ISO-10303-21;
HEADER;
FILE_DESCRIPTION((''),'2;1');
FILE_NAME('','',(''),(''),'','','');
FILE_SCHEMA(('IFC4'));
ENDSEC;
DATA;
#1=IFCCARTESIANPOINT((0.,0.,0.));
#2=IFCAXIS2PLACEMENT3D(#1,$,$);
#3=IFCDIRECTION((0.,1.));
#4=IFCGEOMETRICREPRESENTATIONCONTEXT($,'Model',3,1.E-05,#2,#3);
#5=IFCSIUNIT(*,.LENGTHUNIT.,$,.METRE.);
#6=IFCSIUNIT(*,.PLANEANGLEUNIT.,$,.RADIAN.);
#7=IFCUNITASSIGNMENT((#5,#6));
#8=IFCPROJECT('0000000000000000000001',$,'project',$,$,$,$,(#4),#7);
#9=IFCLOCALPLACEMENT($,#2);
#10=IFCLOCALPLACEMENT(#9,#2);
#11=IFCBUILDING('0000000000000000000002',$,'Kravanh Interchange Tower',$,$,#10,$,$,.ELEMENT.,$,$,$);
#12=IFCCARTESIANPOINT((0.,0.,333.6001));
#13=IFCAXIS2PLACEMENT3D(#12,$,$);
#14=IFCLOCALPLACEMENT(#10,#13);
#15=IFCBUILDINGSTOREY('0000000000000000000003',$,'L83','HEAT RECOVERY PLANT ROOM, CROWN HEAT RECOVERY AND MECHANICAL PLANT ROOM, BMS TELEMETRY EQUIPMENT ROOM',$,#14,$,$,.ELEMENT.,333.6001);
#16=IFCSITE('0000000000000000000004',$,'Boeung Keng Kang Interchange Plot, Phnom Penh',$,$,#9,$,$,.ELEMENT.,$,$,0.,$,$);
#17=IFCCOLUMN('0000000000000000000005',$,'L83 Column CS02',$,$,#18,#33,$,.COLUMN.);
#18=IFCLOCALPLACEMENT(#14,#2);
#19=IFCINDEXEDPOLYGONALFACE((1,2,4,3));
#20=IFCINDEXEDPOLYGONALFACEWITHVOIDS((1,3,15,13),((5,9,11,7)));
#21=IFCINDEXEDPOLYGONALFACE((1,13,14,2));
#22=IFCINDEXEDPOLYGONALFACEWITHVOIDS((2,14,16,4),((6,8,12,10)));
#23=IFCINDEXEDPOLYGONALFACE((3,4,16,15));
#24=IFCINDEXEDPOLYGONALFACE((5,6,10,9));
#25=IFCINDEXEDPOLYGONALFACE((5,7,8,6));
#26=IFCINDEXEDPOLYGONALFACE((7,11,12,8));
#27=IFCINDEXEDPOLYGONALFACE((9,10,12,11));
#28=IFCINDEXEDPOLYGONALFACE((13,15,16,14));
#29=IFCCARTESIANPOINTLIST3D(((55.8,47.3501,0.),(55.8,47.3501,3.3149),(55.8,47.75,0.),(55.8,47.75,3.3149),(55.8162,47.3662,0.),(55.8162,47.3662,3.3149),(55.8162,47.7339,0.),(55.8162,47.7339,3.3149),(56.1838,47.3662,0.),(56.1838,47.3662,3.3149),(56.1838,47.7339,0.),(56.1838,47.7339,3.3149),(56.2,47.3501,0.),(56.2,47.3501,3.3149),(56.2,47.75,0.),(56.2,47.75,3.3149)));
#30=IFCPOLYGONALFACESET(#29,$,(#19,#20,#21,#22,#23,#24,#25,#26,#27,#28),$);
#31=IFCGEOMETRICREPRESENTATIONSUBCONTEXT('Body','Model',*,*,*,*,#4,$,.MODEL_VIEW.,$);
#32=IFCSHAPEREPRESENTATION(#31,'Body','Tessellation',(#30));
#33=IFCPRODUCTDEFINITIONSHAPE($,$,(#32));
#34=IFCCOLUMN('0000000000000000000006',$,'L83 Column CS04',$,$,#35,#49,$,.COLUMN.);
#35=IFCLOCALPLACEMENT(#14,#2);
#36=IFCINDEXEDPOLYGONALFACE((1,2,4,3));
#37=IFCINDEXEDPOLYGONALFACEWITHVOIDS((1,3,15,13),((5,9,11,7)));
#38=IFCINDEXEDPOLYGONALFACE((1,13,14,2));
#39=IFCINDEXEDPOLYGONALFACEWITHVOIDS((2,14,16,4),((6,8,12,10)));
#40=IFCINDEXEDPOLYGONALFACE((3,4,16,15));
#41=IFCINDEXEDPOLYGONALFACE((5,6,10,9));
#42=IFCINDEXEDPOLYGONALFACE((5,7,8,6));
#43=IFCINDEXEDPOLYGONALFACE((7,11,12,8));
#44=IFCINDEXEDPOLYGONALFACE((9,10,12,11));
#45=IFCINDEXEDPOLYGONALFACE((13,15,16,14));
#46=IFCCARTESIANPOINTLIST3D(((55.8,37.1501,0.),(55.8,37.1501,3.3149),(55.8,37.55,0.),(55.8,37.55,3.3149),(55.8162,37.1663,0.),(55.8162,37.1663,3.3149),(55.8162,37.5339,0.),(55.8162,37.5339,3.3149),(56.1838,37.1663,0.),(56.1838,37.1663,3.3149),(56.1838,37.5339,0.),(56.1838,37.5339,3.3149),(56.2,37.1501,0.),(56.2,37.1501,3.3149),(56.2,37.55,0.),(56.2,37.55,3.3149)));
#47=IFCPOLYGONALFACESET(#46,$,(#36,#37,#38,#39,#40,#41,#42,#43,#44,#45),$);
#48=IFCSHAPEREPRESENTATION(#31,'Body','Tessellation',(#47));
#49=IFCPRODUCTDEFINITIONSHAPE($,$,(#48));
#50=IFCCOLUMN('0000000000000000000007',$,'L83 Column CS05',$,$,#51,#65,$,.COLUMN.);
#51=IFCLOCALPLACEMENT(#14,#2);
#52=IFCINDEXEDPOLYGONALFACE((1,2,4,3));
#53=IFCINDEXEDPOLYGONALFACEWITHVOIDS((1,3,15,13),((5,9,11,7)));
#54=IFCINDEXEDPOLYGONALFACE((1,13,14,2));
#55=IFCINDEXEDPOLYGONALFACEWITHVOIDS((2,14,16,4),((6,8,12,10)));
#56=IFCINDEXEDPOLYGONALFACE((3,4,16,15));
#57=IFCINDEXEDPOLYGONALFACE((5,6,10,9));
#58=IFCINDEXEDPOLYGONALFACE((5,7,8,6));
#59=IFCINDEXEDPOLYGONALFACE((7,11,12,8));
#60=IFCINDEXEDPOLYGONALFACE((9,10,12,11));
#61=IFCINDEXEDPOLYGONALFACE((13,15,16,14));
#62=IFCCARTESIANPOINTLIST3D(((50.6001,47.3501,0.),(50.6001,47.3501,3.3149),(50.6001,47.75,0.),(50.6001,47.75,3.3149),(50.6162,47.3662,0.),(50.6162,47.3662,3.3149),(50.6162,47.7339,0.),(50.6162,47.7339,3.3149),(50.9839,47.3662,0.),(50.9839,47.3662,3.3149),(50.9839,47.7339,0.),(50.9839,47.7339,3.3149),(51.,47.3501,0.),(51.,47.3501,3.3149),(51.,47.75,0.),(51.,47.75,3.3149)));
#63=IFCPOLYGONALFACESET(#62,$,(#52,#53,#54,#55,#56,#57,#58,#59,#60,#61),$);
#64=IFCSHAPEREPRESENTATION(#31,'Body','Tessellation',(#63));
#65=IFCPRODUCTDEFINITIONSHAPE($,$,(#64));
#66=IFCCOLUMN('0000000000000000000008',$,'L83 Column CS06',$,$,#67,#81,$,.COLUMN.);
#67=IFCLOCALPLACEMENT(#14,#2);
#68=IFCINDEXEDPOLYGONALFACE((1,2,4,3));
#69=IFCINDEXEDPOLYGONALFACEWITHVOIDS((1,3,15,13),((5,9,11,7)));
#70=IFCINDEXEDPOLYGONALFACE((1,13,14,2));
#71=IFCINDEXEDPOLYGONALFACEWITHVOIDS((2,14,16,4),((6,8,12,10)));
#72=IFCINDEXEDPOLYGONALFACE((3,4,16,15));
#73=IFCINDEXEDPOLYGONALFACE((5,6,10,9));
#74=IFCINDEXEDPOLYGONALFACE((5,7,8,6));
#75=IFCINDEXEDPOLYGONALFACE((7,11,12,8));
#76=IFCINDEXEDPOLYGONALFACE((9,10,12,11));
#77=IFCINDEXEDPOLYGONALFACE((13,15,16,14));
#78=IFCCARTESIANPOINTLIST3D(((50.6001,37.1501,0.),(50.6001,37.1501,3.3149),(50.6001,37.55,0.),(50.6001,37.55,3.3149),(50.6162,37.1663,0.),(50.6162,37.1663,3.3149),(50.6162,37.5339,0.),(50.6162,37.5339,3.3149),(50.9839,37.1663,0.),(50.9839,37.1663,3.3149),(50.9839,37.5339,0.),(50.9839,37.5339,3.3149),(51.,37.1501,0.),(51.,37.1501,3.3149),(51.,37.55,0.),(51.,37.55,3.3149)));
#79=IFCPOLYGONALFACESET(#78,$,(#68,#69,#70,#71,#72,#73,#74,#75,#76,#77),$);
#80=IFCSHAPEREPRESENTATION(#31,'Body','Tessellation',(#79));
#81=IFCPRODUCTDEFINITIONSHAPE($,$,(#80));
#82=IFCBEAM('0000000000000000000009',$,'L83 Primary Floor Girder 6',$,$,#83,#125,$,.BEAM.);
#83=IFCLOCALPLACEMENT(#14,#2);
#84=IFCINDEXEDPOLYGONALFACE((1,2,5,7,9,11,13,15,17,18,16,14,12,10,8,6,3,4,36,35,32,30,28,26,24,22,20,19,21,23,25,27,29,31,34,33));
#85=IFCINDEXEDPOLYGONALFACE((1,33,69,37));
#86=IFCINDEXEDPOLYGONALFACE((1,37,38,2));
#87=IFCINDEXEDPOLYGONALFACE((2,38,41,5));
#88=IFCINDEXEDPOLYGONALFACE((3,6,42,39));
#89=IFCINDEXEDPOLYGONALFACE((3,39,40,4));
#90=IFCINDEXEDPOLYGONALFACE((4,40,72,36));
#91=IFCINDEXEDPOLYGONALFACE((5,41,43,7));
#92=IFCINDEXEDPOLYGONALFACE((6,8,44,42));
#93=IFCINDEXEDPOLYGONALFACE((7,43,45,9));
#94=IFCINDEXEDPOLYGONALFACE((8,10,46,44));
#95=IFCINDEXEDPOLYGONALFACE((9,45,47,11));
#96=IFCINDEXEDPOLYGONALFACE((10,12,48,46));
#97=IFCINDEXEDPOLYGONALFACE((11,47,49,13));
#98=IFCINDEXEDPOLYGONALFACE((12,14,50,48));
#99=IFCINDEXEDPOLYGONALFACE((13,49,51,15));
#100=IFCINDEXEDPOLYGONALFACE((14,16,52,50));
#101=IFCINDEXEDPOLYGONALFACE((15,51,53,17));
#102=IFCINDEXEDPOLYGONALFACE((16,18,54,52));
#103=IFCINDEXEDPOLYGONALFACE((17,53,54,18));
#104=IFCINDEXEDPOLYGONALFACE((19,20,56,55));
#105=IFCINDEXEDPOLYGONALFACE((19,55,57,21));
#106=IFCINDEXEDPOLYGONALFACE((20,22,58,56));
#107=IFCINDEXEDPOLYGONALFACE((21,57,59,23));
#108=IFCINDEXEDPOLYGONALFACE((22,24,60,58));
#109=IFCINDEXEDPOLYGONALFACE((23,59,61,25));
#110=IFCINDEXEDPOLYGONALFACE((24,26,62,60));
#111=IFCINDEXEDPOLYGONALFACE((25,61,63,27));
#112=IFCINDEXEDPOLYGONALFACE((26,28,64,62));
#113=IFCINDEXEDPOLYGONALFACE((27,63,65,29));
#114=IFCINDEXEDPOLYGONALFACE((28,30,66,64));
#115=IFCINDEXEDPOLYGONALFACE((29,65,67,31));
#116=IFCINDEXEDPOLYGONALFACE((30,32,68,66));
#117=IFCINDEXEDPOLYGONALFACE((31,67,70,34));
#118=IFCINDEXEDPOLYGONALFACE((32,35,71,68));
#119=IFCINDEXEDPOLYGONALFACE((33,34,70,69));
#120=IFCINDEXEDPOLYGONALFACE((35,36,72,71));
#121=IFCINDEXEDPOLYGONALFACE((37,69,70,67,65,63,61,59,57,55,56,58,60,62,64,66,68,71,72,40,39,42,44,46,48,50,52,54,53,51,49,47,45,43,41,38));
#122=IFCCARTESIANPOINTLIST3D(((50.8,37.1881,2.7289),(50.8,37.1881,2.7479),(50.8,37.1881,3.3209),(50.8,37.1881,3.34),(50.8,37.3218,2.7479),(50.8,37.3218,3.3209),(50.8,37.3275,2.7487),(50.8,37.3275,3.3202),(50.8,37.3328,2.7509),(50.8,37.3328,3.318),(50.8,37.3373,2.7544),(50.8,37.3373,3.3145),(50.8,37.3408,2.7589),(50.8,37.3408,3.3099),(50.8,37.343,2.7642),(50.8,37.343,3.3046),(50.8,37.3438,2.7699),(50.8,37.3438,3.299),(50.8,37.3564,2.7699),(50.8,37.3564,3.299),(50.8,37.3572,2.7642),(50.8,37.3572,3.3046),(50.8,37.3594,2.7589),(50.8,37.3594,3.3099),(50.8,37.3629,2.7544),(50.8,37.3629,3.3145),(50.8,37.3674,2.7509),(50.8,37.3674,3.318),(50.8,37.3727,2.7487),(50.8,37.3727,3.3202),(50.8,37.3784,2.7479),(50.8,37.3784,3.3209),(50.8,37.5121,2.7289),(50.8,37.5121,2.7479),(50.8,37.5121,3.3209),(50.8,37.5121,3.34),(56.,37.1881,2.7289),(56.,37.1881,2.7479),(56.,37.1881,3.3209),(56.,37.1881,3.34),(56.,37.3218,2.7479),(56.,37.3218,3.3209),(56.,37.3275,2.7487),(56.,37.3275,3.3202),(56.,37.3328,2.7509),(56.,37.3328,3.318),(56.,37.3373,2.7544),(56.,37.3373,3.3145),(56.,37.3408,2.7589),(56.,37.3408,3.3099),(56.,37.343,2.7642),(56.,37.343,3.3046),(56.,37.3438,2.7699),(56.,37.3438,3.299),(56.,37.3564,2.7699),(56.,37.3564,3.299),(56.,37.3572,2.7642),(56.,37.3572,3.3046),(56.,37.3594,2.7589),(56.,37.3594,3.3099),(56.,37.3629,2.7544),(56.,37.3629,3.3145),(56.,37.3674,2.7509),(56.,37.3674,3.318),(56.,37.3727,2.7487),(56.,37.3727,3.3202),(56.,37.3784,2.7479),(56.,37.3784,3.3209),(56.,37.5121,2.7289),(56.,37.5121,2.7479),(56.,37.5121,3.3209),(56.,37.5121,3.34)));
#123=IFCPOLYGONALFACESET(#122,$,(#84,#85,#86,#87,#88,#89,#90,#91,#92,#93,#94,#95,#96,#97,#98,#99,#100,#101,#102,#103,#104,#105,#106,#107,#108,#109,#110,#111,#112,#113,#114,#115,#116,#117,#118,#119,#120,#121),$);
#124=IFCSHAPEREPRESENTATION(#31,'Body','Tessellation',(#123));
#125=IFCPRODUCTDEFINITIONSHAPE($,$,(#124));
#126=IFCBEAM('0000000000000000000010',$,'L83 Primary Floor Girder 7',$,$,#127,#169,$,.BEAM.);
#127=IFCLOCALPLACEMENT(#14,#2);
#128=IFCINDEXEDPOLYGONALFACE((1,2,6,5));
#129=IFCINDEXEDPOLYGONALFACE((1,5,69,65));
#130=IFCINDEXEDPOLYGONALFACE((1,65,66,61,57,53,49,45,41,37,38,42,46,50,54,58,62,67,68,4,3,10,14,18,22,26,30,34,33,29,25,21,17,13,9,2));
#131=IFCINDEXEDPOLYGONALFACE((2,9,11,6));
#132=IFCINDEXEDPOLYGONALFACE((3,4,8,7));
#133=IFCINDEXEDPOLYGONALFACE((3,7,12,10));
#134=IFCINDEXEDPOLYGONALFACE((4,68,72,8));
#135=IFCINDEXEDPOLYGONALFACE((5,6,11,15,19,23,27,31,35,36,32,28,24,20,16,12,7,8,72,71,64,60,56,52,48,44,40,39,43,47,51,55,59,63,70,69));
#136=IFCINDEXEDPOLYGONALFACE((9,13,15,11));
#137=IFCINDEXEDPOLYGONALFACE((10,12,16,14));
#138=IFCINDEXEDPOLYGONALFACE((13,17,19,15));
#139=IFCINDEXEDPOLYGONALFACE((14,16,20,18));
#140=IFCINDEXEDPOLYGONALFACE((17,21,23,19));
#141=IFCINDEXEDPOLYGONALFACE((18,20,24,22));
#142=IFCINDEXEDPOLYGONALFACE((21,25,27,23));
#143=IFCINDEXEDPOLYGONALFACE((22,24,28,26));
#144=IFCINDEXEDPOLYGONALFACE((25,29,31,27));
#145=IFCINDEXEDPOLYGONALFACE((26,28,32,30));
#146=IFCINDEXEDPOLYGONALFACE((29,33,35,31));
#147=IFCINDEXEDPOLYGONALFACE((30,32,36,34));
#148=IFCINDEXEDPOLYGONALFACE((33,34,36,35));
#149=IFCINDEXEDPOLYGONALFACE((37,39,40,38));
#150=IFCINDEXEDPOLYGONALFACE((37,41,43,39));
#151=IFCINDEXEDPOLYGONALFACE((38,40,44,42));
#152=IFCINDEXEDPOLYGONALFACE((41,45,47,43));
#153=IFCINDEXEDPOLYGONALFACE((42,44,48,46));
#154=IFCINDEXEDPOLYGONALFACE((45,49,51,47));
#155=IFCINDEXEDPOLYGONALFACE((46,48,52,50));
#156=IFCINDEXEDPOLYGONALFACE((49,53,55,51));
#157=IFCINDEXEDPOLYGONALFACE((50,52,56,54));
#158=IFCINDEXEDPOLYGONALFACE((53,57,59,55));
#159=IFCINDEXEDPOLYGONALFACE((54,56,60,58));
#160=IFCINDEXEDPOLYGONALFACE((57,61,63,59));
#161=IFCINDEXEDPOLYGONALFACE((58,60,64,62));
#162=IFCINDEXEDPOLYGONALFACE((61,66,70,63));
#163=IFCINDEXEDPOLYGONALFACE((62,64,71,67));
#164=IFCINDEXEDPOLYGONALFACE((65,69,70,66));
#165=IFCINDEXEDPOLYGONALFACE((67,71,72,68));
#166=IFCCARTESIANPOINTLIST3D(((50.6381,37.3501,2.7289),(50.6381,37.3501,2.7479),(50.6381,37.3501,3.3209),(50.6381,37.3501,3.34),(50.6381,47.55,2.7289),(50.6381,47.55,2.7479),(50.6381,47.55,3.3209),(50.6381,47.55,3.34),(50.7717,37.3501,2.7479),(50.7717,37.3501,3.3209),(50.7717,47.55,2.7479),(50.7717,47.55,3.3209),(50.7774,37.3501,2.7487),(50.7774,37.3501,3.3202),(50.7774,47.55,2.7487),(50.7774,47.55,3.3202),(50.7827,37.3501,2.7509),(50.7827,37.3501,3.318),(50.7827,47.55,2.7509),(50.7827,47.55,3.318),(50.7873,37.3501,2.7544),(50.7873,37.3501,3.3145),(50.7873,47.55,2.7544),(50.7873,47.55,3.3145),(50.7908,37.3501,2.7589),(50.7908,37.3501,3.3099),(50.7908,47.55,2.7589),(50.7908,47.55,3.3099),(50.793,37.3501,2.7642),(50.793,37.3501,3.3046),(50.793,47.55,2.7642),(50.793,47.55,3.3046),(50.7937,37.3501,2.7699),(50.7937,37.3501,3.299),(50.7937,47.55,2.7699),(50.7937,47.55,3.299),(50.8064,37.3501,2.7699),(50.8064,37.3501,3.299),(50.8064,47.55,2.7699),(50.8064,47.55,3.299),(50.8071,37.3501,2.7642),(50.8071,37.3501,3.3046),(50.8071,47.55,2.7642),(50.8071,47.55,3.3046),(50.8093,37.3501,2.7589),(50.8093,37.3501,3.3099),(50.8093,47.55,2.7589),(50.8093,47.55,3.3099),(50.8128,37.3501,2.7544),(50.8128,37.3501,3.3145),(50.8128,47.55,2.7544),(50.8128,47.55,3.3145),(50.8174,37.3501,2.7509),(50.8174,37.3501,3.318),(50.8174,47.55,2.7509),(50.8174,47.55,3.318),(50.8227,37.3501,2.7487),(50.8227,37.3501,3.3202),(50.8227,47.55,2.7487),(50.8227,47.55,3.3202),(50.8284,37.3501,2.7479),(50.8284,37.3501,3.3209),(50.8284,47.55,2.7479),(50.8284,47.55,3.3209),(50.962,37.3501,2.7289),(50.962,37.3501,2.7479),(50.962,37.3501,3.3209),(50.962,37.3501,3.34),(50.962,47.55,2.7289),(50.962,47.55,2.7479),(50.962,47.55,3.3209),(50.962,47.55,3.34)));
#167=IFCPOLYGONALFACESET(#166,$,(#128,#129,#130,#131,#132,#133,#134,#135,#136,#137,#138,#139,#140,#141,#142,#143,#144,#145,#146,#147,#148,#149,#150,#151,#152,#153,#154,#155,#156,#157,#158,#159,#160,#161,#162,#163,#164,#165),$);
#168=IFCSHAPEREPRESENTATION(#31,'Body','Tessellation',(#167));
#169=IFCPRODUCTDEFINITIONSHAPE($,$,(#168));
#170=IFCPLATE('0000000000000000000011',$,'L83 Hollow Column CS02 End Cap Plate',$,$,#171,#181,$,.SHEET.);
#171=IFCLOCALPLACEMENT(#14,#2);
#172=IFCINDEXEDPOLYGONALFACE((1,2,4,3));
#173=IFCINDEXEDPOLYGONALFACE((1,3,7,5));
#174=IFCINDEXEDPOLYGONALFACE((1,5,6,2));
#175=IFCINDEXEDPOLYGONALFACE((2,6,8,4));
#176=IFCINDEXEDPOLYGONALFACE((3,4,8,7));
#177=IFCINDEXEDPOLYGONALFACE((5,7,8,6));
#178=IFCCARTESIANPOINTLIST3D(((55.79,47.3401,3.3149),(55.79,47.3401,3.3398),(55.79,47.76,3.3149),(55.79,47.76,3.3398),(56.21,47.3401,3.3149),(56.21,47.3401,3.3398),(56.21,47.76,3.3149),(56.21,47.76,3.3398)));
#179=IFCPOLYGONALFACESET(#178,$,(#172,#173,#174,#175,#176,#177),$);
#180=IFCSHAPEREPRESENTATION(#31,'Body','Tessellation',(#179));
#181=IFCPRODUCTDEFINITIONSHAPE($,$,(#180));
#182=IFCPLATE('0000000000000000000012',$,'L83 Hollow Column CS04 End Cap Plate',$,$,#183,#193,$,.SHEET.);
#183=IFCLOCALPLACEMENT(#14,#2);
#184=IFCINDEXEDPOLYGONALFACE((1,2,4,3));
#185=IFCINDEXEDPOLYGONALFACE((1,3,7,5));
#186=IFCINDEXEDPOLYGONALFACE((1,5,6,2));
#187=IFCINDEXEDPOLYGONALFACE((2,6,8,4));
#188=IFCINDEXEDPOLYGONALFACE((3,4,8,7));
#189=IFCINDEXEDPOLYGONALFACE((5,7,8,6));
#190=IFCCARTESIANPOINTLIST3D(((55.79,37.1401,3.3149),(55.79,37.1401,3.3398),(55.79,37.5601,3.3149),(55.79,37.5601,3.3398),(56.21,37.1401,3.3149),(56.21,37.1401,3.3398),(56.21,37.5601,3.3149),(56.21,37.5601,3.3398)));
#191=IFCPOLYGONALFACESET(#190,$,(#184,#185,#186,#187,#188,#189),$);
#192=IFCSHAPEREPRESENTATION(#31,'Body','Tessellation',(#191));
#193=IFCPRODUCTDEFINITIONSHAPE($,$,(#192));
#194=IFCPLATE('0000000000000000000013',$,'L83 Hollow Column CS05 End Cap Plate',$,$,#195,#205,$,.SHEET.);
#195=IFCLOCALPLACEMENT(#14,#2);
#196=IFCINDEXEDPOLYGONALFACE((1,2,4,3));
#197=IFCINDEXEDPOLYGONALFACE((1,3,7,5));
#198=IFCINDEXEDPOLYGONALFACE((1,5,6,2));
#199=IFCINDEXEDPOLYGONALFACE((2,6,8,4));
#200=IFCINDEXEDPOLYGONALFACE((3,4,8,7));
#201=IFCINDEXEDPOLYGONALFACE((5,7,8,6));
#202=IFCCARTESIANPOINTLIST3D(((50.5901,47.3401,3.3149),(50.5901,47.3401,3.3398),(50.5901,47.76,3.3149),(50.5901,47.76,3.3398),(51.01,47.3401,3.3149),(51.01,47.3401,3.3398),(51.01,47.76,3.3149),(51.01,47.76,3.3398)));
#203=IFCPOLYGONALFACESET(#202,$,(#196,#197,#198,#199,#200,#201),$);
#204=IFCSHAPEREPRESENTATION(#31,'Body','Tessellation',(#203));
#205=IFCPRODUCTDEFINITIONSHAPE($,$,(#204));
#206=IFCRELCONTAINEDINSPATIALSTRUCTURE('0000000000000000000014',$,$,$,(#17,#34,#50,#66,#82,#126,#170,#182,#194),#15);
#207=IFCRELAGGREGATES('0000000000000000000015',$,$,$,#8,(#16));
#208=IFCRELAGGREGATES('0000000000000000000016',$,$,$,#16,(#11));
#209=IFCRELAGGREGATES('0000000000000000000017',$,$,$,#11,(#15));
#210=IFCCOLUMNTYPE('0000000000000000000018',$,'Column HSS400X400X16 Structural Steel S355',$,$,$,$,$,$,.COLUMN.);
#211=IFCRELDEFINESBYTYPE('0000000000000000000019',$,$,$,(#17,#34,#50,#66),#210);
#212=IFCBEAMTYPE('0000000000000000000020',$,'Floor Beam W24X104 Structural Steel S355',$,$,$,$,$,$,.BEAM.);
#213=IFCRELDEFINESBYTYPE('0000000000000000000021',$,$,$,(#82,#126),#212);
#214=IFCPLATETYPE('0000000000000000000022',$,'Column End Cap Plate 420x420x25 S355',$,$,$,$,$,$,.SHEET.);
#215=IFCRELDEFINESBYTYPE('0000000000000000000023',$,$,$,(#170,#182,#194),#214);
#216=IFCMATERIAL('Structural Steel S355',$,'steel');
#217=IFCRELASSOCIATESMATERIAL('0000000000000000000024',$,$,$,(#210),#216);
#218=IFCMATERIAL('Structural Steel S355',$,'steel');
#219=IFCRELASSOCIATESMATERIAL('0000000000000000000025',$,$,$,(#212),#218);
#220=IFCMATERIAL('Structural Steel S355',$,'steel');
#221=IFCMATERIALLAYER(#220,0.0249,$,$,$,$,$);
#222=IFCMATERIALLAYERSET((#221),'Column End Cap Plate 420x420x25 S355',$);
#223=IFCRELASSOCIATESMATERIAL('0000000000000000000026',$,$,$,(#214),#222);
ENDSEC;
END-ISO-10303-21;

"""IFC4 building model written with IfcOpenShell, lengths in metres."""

from ifc_helpers import new_model, si_unit, direction, frame, origin, origin_2d, place, context, subcontext, project, spatial, rectangle, hollow_rectangle, i_section, extrude, material, layer, layer_set, material_profile, profile_set, type_object, element, save


model = new_model("IFC4")

# Units and contexts
model_context = context("Model", 3, precision=1e-05, world=origin(), true_north=direction((0.0, 1.0)))
body_context = subcontext(model_context, "Body", "Model", "MODEL_VIEW")
ifc_project = project(units=[si_unit("LENGTHUNIT", "METRE"), si_unit("PLANEANGLEUNIT", "RADIAN")], contexts=[model_context])

# Site, building, storey
site_placement = place(None, origin())
site = spatial("IfcSite", under=ifc_project, at=site_placement, Name="Boeung Keng Kang Interchange Plot, Phnom Penh", CompositionType="ELEMENT", RefElevation=0.0)
building_placement = place(site_placement, origin())
building = spatial("IfcBuilding", under=site, at=building_placement, Name="Kravanh Interchange Tower", CompositionType="ELEMENT")
storey_placement = place(building_placement, frame((0.0, 0.0, 333.6001)))
storey = spatial("IfcBuildingStorey", under=building, at=storey_placement, Name="L83", Description="HEAT RECOVERY PLANT ROOM, CROWN HEAT RECOVERY AND MECHANICAL PLANT ROOM, BMS TELEMETRY EQUIPMENT ROOM", CompositionType="ELEMENT", Elevation=333.6001)

# Columns
ifc_material_1 = material(Name="Structural Steel S355", Category="steel")
ifc_material_profile_1 = material_profile(ifc_material_1, hollow_rectangle(XDim=0.3999, YDim=0.3999, WallThickness=0.0161, at=origin_2d()), Name="HSS400X400X16")
ifc_profile_set_1 = profile_set([ifc_material_profile_1], Name="Structural Steel S355")
column_type = type_object("IfcColumnType", Name="Column HSS400X400X16 Structural Steel S355", PredefinedType="COLUMN", material=ifc_profile_set_1)
for number, where, z_axis, x_axis, name in (
    (1, (56.0, 47.55, 0.0), (0.0, 0.0, 1.0), (1.0, 0.0, 0.0), "L83 Column CS02"),
    (2, (56.0, 37.3501, 0.0), (0.0, 0.0, 1.0), (1.0, 0.0, 0.0), "L83 Column CS04"),
    (3, (50.8, 47.55, 0.0), (0.0, 0.0, 1.0), (1.0, 0.0, 0.0), "L83 Column CS05"),
    (4, (50.8, 37.3501, 0.0), (0.0, 0.0, 1.0), (1.0, 0.0, 0.0), "L83 Column CS06"),
):
    element("IfcColumn", number, at=place(storey_placement, frame(where, z_axis=z_axis, x_axis=x_axis)), inside=storey, type_object=column_type, Name=name, PredefinedType="COLUMN", context=body_context, shape_type="SweptSolid", body=[
        extrude(hollow_rectangle(XDim=0.3999, YDim=0.3999, WallThickness=0.0161, at=origin_2d()), origin(), (0.0, 0.0, 1.0), 3.3149),
    ])

# Beams
ifc_material_2 = material(Name="Structural Steel S355", Category="steel")
ifc_material_profile_2 = material_profile(ifc_material_2, i_section(OverallWidth=0.324, OverallDepth=0.6111, WebThickness=0.0127, FlangeThickness=0.019, FilletRadius=0.022, at=origin_2d()), Name="W24X104")
ifc_profile_set_2 = profile_set([ifc_material_profile_2], Name="Structural Steel S355")
beam_type = type_object("IfcBeamType", Name="Floor Beam W24X104 Structural Steel S355", PredefinedType="BEAM", material=ifc_profile_set_2)
beam_1_placement = place(storey_placement, frame((56.0, 37.3501, 3.0344), z_axis=(-1.0, 0.0, 0.0), x_axis=(0.0, -1.0, 0.0)))
element("IfcBeam", 5, at=beam_1_placement, inside=storey, type_object=beam_type, Name="L83 Primary Floor Girder 6", PredefinedType="BEAM", context=body_context, shape_type="SweptSolid", body=[
    extrude(i_section(OverallWidth=0.324, OverallDepth=0.6111, WebThickness=0.0127, FlangeThickness=0.019, FilletRadius=0.022, at=origin_2d()), origin(), (0.0, 0.0, 1.0), 5.2),
])
beam_2_placement = place(storey_placement, frame((50.8, 47.55, 3.0344), z_axis=(0.0, -1.0, 0.0), x_axis=(1.0, 0.0, 0.0)))
element("IfcBeam", 6, at=beam_2_placement, inside=storey, type_object=beam_type, Name="L83 Primary Floor Girder 7", PredefinedType="BEAM", context=body_context, shape_type="SweptSolid", body=[
    extrude(i_section(OverallWidth=0.324, OverallDepth=0.6111, WebThickness=0.0127, FlangeThickness=0.019, FilletRadius=0.022, at=origin_2d()), origin(), (0.0, 0.0, 1.0), 10.2),
])

# Plates
ifc_material_3 = material(Name="Structural Steel S355", Category="steel")
ifc_layer_1 = layer(ifc_material_3, 0.0249)
ifc_layer_set_1 = layer_set([ifc_layer_1], Name="Column End Cap Plate 420x420x25 S355")
plate_type = type_object("IfcPlateType", Name="Column End Cap Plate 420x420x25 S355", PredefinedType="SHEET", material=ifc_layer_set_1)
for number, where, z_axis, x_axis, name in (
    (7, (56.0, 47.55, 3.3149), (0.0, 0.0, 1.0), (1.0, 0.0, 0.0), "L83 Hollow Column CS02 End Cap Plate"),
    (8, (56.0, 37.3501, 3.3149), (0.0, 0.0, 1.0), (1.0, 0.0, 0.0), "L83 Hollow Column CS04 End Cap Plate"),
    (9, (50.8, 47.55, 3.3149), (0.0, 0.0, 1.0), (1.0, 0.0, 0.0), "L83 Hollow Column CS05 End Cap Plate"),
):
    element("IfcPlate", number, at=place(storey_placement, frame(where, z_axis=z_axis, x_axis=x_axis)), inside=storey, type_object=plate_type, Name=name, PredefinedType="SHEET", context=body_context, shape_type="SweptSolid", body=[
        extrude(rectangle(XDim=0.4199, YDim=0.4199, at=origin_2d()), origin(), (0.0, 0.0, 1.0), 0.0249),
    ])

save(model, "model.ifc")
